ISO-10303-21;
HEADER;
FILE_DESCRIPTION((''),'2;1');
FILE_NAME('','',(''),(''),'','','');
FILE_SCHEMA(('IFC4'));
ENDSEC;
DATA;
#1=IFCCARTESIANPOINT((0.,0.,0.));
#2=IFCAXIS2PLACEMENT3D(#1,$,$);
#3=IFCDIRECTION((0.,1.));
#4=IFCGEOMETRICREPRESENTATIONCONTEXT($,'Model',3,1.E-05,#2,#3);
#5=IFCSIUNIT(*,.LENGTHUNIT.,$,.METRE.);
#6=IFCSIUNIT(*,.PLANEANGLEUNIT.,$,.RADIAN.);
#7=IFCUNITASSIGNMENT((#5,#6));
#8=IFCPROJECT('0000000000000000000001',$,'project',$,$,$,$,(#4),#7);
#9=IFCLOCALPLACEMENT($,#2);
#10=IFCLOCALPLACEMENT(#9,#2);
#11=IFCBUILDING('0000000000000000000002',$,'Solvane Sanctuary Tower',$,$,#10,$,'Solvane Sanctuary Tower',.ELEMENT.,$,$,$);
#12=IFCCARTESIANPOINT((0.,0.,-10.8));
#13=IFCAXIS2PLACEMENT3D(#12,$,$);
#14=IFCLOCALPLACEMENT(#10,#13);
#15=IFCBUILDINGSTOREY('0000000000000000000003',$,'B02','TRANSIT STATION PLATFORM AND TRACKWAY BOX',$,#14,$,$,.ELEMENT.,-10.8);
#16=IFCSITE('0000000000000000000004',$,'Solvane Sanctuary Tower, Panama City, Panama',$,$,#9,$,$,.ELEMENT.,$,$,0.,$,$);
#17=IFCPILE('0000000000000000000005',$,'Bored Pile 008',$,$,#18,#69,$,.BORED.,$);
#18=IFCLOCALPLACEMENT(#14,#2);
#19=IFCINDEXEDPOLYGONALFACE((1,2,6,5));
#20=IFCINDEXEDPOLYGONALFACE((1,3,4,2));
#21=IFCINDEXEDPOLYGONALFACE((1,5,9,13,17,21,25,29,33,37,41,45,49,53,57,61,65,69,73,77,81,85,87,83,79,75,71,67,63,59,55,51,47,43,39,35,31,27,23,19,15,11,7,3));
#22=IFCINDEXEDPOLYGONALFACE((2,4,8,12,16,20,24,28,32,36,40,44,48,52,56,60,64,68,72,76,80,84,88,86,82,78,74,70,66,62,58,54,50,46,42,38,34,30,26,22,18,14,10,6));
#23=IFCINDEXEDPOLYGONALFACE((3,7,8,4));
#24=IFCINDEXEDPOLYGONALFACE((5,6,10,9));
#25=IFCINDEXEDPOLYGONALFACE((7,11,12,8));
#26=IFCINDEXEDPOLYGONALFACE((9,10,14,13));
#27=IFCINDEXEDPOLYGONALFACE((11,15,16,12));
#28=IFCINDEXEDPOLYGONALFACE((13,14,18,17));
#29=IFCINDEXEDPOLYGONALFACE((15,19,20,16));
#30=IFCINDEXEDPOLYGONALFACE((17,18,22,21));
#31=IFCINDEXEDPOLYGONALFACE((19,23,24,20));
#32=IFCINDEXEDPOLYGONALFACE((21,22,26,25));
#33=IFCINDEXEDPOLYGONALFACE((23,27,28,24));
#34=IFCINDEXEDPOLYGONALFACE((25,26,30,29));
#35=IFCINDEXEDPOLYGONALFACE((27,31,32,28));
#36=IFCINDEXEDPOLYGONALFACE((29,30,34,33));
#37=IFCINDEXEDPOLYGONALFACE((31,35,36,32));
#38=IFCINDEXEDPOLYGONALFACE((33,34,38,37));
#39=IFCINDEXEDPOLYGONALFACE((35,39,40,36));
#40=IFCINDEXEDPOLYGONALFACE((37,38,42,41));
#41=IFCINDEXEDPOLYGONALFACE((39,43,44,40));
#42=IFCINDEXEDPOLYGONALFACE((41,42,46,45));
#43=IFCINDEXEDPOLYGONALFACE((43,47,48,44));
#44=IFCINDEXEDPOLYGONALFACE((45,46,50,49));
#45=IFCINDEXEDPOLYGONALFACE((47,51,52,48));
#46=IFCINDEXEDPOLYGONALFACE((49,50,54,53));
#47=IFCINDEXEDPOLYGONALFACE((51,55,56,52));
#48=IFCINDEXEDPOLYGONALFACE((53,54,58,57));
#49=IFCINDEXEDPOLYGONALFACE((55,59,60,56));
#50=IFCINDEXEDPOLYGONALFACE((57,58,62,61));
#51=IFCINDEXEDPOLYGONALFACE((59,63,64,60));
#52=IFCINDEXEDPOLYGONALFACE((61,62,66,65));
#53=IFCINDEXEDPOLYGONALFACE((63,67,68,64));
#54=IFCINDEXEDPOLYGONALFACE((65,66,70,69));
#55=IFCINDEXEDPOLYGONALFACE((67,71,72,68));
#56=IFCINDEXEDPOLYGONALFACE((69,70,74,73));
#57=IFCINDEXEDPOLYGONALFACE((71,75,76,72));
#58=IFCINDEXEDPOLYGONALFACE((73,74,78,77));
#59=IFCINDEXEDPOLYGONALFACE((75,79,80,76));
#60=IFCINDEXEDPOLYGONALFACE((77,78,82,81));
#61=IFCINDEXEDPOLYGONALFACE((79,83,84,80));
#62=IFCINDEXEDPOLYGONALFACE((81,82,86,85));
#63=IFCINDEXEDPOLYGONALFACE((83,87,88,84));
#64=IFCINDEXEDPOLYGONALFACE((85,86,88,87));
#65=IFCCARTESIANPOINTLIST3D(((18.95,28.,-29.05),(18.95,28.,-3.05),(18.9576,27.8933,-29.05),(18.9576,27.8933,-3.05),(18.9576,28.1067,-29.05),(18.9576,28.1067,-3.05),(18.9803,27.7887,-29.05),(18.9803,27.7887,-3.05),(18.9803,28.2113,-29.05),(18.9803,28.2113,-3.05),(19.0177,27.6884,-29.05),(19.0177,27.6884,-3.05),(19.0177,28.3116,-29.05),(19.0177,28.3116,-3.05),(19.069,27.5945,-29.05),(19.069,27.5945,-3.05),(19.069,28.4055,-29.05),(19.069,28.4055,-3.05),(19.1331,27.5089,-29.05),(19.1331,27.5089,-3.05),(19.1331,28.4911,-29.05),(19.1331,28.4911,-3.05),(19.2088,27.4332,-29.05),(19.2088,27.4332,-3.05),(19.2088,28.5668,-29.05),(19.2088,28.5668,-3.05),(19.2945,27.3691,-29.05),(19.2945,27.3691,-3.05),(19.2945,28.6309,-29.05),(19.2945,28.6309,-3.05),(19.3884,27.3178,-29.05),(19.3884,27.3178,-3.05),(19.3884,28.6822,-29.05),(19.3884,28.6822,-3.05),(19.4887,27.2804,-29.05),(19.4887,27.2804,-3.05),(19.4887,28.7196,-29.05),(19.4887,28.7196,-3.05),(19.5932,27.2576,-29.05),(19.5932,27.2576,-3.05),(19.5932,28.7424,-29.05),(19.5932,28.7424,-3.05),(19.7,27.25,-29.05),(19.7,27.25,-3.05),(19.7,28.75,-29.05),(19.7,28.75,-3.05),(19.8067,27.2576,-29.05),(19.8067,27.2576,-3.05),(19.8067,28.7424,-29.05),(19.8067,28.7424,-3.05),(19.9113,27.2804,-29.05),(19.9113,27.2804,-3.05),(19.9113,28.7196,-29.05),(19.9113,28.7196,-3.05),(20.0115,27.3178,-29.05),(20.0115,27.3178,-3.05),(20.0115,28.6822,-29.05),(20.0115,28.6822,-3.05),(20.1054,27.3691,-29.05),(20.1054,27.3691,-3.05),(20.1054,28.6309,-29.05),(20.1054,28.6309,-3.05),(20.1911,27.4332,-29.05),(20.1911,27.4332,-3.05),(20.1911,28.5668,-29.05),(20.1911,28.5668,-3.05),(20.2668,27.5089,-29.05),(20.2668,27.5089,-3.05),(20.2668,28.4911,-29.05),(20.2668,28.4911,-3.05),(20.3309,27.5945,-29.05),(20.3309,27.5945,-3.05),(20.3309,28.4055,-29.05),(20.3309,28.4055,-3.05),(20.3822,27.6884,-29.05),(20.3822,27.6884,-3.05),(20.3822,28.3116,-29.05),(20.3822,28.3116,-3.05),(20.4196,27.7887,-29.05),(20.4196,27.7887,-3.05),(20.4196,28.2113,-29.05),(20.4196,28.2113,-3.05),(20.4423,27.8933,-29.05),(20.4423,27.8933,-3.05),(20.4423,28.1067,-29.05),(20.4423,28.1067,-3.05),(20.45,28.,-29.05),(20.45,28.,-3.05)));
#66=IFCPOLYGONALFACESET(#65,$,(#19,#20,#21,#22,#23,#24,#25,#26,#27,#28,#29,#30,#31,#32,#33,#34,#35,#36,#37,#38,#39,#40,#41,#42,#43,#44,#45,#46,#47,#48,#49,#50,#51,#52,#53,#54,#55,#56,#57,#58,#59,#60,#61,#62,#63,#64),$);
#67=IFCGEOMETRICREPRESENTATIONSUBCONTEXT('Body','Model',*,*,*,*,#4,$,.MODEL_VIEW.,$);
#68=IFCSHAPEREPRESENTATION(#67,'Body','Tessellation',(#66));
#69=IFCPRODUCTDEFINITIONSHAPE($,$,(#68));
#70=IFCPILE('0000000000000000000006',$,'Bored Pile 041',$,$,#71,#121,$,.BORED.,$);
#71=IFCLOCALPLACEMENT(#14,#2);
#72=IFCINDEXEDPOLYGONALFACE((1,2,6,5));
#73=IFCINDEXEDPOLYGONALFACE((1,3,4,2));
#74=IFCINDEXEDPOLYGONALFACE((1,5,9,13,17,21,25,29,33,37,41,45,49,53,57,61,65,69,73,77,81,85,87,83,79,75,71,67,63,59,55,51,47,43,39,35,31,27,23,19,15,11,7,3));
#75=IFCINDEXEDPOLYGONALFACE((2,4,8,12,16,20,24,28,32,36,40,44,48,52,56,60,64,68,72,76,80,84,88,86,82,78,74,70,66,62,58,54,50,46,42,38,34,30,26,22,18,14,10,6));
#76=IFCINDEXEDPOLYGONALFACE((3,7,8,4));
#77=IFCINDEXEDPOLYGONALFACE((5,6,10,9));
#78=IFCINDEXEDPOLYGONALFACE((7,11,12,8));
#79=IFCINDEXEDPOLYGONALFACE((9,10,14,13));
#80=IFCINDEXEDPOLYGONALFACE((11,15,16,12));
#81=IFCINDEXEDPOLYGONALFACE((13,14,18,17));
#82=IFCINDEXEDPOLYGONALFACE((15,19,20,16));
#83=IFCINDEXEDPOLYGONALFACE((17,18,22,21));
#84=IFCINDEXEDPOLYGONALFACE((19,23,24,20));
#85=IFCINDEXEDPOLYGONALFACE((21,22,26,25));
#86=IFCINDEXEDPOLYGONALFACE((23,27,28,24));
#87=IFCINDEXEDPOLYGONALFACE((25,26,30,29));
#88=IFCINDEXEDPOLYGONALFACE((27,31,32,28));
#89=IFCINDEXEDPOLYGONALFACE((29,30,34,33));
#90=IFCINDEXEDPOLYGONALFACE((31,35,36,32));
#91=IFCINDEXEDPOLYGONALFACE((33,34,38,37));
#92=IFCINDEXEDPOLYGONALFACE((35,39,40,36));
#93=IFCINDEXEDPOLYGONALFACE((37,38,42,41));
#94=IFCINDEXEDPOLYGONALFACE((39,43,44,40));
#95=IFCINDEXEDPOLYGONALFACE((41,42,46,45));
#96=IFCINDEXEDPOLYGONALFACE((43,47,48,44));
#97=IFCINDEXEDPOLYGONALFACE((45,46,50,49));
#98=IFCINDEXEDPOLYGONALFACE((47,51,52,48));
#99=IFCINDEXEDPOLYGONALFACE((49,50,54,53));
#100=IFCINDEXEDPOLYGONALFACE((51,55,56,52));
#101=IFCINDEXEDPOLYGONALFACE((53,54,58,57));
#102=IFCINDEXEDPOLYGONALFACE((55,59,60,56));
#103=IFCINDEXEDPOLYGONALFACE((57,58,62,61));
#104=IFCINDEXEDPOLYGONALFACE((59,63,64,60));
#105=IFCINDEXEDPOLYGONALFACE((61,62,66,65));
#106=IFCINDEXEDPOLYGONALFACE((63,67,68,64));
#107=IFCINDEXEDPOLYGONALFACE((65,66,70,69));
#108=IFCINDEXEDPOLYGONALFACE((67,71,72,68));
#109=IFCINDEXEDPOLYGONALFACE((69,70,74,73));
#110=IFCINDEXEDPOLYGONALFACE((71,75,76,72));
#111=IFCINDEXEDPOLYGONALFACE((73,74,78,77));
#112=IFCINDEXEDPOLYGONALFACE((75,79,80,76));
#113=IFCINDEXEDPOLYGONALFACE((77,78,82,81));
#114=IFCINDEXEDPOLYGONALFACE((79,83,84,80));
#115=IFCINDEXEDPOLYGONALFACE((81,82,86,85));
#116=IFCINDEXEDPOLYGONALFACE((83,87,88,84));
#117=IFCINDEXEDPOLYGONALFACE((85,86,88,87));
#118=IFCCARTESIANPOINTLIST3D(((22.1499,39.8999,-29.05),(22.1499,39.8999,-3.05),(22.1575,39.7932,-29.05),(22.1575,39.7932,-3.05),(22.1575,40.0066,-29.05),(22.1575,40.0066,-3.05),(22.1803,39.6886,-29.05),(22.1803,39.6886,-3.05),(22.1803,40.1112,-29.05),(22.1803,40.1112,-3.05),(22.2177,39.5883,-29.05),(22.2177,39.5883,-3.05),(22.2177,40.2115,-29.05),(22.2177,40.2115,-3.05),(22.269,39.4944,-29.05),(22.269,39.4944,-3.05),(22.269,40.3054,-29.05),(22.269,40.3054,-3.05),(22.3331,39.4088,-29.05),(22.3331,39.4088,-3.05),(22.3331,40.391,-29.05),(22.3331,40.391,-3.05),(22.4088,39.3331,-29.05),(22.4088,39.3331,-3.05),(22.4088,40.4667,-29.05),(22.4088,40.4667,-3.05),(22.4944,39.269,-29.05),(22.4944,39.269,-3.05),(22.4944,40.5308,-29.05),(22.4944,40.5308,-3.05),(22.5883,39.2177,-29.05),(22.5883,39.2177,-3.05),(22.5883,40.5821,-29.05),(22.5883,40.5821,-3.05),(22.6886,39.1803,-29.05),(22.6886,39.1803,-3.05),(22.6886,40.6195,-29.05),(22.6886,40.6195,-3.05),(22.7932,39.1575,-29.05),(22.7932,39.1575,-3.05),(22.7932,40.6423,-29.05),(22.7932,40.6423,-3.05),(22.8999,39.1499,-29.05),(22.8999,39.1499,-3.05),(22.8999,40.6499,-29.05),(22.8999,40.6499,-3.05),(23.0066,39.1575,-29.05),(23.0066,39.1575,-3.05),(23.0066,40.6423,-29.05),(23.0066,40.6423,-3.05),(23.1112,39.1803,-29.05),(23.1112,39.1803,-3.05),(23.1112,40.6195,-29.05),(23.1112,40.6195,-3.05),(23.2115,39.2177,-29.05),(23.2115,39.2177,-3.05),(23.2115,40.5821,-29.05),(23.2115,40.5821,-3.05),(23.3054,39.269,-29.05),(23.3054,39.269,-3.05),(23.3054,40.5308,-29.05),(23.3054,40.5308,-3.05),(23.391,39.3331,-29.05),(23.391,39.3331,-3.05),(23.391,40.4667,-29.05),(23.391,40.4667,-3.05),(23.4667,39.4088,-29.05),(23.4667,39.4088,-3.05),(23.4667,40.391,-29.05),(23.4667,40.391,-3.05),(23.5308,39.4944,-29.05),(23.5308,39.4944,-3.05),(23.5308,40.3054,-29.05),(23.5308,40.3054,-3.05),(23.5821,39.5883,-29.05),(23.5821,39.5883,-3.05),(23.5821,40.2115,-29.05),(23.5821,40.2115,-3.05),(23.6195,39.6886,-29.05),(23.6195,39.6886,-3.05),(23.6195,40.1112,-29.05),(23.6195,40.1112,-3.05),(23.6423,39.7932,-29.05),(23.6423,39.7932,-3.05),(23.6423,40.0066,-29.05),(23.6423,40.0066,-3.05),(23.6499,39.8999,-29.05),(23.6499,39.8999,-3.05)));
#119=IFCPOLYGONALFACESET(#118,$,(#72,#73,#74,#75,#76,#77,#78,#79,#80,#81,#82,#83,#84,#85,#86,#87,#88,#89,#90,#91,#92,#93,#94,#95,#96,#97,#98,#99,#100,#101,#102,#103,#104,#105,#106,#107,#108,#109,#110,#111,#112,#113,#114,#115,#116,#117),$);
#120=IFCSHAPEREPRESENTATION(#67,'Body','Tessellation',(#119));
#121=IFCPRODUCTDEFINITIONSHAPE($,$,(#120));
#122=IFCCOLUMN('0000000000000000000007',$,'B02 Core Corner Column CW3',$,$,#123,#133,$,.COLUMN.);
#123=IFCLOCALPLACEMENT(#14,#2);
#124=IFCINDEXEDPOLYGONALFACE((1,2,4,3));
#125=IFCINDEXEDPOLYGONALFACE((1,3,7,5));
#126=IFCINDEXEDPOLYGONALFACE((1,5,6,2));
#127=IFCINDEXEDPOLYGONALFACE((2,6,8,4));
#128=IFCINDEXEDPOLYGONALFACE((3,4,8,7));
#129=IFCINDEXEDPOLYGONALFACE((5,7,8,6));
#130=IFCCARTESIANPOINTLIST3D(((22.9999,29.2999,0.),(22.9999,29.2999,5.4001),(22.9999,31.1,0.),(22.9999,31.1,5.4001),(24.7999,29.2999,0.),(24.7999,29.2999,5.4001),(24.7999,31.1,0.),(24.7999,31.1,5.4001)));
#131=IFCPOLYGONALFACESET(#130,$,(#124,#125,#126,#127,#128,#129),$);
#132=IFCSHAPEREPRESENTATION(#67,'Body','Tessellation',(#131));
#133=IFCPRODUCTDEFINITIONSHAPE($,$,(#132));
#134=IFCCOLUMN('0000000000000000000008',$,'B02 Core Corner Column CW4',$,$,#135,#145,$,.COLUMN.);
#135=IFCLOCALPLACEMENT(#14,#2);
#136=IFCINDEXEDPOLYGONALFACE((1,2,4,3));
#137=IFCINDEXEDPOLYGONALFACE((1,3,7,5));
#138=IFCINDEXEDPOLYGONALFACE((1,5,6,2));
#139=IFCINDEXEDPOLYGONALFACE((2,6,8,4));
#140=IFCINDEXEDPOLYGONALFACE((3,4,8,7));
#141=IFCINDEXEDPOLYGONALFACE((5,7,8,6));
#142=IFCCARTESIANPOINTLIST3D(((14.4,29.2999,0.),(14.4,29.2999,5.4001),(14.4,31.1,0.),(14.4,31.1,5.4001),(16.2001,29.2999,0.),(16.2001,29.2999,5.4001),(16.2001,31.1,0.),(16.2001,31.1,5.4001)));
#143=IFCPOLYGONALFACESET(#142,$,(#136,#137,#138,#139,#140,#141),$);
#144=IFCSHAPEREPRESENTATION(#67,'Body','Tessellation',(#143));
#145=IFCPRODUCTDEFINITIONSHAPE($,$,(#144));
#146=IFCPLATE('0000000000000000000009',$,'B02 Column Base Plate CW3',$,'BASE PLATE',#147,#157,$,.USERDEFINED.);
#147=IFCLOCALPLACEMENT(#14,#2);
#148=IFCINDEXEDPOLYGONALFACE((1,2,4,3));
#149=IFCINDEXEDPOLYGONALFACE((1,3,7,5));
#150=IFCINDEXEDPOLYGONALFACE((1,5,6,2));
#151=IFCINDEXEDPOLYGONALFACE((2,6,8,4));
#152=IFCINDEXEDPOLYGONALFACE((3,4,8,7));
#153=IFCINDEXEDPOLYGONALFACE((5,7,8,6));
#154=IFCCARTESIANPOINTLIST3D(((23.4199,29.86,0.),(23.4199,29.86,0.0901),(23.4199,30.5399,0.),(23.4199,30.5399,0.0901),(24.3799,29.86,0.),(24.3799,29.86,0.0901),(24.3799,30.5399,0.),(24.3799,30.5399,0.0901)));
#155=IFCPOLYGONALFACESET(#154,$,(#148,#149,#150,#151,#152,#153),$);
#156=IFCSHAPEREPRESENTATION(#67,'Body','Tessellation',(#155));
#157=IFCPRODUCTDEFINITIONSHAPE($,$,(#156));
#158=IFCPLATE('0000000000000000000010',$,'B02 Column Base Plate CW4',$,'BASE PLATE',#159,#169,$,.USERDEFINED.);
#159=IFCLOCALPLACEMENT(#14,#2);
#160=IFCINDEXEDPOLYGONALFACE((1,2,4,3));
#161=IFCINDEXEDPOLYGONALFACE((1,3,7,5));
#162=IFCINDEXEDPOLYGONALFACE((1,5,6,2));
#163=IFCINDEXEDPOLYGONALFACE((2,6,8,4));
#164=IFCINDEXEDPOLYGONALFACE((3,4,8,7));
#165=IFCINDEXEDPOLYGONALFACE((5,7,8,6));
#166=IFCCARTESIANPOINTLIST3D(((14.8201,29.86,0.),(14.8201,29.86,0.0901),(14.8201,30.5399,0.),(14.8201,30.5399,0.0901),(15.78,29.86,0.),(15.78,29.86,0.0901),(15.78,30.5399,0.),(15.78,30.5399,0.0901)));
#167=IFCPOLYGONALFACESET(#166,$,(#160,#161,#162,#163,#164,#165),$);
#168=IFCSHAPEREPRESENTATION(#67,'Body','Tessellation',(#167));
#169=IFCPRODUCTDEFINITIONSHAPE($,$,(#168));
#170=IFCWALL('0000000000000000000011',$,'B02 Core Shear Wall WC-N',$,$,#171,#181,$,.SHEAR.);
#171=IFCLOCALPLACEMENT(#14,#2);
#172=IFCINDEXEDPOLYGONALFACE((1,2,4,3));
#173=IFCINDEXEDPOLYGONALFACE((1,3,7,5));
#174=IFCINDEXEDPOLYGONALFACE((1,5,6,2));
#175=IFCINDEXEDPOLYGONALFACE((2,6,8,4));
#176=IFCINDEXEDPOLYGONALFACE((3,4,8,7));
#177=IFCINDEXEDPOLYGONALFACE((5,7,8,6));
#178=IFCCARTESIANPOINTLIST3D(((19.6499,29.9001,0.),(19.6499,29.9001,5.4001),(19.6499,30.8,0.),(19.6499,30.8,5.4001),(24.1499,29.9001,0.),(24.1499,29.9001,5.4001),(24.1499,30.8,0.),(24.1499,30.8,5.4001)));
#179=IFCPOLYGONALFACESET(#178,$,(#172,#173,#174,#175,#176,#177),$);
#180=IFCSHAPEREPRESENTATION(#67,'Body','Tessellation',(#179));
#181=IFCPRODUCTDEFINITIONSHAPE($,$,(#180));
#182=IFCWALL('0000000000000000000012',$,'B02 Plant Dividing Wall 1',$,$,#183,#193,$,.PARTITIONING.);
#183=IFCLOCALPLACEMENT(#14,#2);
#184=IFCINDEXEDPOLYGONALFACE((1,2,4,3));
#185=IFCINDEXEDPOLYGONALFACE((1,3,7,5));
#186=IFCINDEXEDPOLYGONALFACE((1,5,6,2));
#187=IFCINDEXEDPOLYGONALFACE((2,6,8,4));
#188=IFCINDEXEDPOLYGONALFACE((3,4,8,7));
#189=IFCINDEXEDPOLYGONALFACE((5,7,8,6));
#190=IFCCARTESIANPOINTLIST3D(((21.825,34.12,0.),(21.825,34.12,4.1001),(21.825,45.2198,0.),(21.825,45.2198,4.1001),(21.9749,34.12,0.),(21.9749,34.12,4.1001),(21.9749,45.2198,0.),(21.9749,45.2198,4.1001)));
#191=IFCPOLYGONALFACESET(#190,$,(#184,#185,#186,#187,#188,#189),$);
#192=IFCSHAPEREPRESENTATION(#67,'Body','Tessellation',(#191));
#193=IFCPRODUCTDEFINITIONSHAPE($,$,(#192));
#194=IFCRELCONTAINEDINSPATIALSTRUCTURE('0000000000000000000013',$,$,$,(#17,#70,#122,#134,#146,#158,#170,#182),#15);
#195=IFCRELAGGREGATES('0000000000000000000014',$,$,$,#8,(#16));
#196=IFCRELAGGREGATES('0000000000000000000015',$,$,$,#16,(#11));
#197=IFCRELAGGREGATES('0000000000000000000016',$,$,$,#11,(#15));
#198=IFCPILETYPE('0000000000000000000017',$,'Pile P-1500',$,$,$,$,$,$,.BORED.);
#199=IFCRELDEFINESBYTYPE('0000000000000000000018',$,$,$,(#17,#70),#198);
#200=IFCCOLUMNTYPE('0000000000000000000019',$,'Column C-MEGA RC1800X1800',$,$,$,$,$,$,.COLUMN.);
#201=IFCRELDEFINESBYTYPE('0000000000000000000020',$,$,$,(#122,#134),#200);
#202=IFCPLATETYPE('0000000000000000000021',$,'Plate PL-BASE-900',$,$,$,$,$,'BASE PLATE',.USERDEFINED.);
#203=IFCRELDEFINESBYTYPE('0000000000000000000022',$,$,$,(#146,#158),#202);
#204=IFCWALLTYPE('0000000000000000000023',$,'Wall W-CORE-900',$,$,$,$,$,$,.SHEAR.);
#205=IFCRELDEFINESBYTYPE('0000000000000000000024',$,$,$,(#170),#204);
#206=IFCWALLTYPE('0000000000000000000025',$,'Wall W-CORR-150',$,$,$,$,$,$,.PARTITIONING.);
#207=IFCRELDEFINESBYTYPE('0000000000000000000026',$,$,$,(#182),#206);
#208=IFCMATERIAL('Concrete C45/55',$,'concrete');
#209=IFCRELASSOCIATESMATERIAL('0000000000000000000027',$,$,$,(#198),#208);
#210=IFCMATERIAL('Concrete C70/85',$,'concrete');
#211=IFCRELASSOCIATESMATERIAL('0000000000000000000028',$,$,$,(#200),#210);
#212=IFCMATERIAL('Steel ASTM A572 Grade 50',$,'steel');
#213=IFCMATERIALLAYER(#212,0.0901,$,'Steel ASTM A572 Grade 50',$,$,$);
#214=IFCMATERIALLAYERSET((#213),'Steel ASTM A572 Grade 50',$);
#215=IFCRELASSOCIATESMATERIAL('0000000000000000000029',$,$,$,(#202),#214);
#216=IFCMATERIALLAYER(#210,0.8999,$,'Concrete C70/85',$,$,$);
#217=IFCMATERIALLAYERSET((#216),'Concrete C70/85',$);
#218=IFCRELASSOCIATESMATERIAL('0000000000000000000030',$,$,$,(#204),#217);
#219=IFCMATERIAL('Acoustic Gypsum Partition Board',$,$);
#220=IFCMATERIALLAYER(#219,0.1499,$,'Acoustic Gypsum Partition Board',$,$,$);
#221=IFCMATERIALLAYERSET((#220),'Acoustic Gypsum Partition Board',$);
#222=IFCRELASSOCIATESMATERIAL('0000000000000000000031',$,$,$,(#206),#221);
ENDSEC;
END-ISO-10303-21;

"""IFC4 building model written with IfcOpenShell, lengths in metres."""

from ifc_helpers import new_model, si_unit, direction, frame, frame_2d, origin, origin_2d, place, context, subcontext, project, spatial, rectangle, circle, extrude, material, layer, layer_set, material_profile, profile_set, type_object, element, save


model = new_model("IFC4")

# Units and contexts
model_context = context("Model", 3, precision=1e-05, world=origin(), true_north=direction((0.0, 1.0)))
body_context = subcontext(model_context, "Body", "Model", "MODEL_VIEW")
ifc_project = project(units=[si_unit("LENGTHUNIT", "METRE"), si_unit("PLANEANGLEUNIT", "RADIAN")], contexts=[model_context])

# Site, building, storey
site_placement = place(None, origin())
site = spatial("IfcSite", under=ifc_project, at=site_placement, Name="Solvane Sanctuary Tower, Panama City, Panama", CompositionType="ELEMENT", RefElevation=0.0)
building_placement = place(site_placement, origin())
building = spatial("IfcBuilding", under=site, at=building_placement, Name="Solvane Sanctuary Tower", LongName="Solvane Sanctuary Tower", CompositionType="ELEMENT")
storey_placement = place(building_placement, frame((0.0, 0.0, -10.8)))
storey = spatial("IfcBuildingStorey", under=building, at=storey_placement, Name="B02", Description="TRANSIT STATION PLATFORM AND TRACKWAY BOX", CompositionType="ELEMENT", Elevation=-10.8)

# Piles
ifc_material_1 = material(Name="Concrete C45/55", Category="concrete")
ifc_material_profile_1 = material_profile(ifc_material_1, circle(Radius=0.75, at=origin_2d()), Name="PILE1500")
ifc_profile_set_1 = profile_set([ifc_material_profile_1], Name="Concrete C45/55")
pile_type_1 = type_object("IfcPileType", Name="Pile P-1500", PredefinedType="BORED", material=ifc_profile_set_1)
for number, where, z_axis, x_axis, name in (
    (1, (19.7, 28.0, -3.05), (0.0, 0.0, -1.0), (1.0, 0.0, 0.0), "Bored Pile 008"),
    (2, (22.8999, 39.8999, -3.05), (0.0, 0.0, -1.0), (1.0, 0.0, 0.0), "Bored Pile 041"),
):
    element("IfcPile", number, at=place(storey_placement, frame(where, z_axis=z_axis, x_axis=x_axis)), inside=storey, type_object=pile_type_1, Name=name, PredefinedType="BORED", context=body_context, shape_type="SweptSolid", body=[
        extrude(circle(Radius=0.75, at=origin_2d()), origin(), (0.0, 0.0, 1.0), 26.0),
    ])

# Columns
ifc_material_2 = material(Name="Concrete C70/85", Category="concrete")
ifc_material_profile_2 = material_profile(ifc_material_2, rectangle(XDim=1.8, YDim=1.8, at=origin_2d()), Name="RC1800X1800")
ifc_profile_set_2 = profile_set([ifc_material_profile_2], Name="Concrete C70/85")
column_type = type_object("IfcColumnType", Name="Column C-MEGA RC1800X1800", PredefinedType="COLUMN", material=ifc_profile_set_2)
for number, where, z_axis, x_axis, name in (
    (3, (23.8999, 30.2, 0.0), (0.0, 0.0, 1.0), (1.0, 0.0, 0.0), "B02 Core Corner Column CW3"),
    (4, (15.3, 30.2, 0.0), (0.0, 0.0, 1.0), (1.0, 0.0, 0.0), "B02 Core Corner Column CW4"),
):
    element("IfcColumn", number, at=place(storey_placement, frame(where, z_axis=z_axis, x_axis=x_axis)), inside=storey, type_object=column_type, Name=name, PredefinedType="COLUMN", context=body_context, shape_type="SweptSolid", body=[
        extrude(rectangle(XDim=1.8, YDim=1.8, at=origin_2d()), origin(), (0.0, 0.0, 1.0), 5.4001),
    ])

# Plates
ifc_material_3 = material(Name="Steel ASTM A572 Grade 50", Category="steel")
ifc_layer_1 = layer(ifc_material_3, 0.0901, Name="Steel ASTM A572 Grade 50")
ifc_layer_set_1 = layer_set([ifc_layer_1], Name="Steel ASTM A572 Grade 50")
plate_type = type_object("IfcPlateType", Name="Plate PL-BASE-900", ElementType="BASE PLATE", PredefinedType="USERDEFINED", material=ifc_layer_set_1)
for number, where, z_axis, x_axis, name in (
    (5, (23.8999, 30.2, 0.0), (0.0, 0.0, 1.0), (1.0, 0.0, 0.0), "B02 Column Base Plate CW3"),
    (6, (15.3, 30.2, 0.0), (0.0, 0.0, 1.0), (1.0, 0.0, 0.0), "B02 Column Base Plate CW4"),
):
    element("IfcPlate", number, at=place(storey_placement, frame(where, z_axis=z_axis, x_axis=x_axis)), inside=storey, type_object=plate_type, Name=name, ObjectType="BASE PLATE", PredefinedType="USERDEFINED", context=body_context, shape_type="SweptSolid", body=[
        extrude(rectangle(XDim=0.96, YDim=0.6799, at=origin_2d()), origin(), (0.0, 0.0, 1.0), 0.0901),
    ])

# Walls
ifc_layer_2 = layer(ifc_material_2, 0.8999, Name="Concrete C70/85")
ifc_layer_set_2 = layer_set([ifc_layer_2], Name="Concrete C70/85")
wall_type_1 = type_object("IfcWallType", Name="Wall W-CORE-900", PredefinedType="SHEAR", material=ifc_layer_set_2)
wall_1_placement = place(storey_placement, frame((19.6499, 30.3501, 0.0), z_axis=(0.0, 0.0, 1.0), x_axis=(1.0, 0.0, 0.0)))
element("IfcWall", 7, at=wall_1_placement, inside=storey, type_object=wall_type_1, Name="B02 Core Shear Wall WC-N", PredefinedType="SHEAR", context=body_context, shape_type="SweptSolid", body=[
    extrude(rectangle(XDim=4.5, YDim=0.8999, at=frame_2d((2.25, 0.0))), origin(), (0.0, 0.0, 1.0), 5.4001),
])
ifc_material_4 = material(Name="Acoustic Gypsum Partition Board")
ifc_layer_3 = layer(ifc_material_4, 0.1499, Name="Acoustic Gypsum Partition Board")
ifc_layer_set_3 = layer_set([ifc_layer_3], Name="Acoustic Gypsum Partition Board")
wall_type_2 = type_object("IfcWallType", Name="Wall W-CORR-150", PredefinedType="PARTITIONING", material=ifc_layer_set_3)
wall_2_placement = place(storey_placement, frame((21.8999, 34.1201, 0.0), z_axis=(0.0, 0.0, 1.0), x_axis=(0.0, 1.0, 0.0)))
element("IfcWall", 8, at=wall_2_placement, inside=storey, type_object=wall_type_2, Name="B02 Plant Dividing Wall 1", PredefinedType="PARTITIONING", context=body_context, shape_type="SweptSolid", body=[
    extrude(rectangle(XDim=11.0999, YDim=0.1499, at=frame_2d((5.5498, 0.0))), origin(), (0.0, 0.0, 1.0), 4.1001),
])

save(model, "model.ifc")
